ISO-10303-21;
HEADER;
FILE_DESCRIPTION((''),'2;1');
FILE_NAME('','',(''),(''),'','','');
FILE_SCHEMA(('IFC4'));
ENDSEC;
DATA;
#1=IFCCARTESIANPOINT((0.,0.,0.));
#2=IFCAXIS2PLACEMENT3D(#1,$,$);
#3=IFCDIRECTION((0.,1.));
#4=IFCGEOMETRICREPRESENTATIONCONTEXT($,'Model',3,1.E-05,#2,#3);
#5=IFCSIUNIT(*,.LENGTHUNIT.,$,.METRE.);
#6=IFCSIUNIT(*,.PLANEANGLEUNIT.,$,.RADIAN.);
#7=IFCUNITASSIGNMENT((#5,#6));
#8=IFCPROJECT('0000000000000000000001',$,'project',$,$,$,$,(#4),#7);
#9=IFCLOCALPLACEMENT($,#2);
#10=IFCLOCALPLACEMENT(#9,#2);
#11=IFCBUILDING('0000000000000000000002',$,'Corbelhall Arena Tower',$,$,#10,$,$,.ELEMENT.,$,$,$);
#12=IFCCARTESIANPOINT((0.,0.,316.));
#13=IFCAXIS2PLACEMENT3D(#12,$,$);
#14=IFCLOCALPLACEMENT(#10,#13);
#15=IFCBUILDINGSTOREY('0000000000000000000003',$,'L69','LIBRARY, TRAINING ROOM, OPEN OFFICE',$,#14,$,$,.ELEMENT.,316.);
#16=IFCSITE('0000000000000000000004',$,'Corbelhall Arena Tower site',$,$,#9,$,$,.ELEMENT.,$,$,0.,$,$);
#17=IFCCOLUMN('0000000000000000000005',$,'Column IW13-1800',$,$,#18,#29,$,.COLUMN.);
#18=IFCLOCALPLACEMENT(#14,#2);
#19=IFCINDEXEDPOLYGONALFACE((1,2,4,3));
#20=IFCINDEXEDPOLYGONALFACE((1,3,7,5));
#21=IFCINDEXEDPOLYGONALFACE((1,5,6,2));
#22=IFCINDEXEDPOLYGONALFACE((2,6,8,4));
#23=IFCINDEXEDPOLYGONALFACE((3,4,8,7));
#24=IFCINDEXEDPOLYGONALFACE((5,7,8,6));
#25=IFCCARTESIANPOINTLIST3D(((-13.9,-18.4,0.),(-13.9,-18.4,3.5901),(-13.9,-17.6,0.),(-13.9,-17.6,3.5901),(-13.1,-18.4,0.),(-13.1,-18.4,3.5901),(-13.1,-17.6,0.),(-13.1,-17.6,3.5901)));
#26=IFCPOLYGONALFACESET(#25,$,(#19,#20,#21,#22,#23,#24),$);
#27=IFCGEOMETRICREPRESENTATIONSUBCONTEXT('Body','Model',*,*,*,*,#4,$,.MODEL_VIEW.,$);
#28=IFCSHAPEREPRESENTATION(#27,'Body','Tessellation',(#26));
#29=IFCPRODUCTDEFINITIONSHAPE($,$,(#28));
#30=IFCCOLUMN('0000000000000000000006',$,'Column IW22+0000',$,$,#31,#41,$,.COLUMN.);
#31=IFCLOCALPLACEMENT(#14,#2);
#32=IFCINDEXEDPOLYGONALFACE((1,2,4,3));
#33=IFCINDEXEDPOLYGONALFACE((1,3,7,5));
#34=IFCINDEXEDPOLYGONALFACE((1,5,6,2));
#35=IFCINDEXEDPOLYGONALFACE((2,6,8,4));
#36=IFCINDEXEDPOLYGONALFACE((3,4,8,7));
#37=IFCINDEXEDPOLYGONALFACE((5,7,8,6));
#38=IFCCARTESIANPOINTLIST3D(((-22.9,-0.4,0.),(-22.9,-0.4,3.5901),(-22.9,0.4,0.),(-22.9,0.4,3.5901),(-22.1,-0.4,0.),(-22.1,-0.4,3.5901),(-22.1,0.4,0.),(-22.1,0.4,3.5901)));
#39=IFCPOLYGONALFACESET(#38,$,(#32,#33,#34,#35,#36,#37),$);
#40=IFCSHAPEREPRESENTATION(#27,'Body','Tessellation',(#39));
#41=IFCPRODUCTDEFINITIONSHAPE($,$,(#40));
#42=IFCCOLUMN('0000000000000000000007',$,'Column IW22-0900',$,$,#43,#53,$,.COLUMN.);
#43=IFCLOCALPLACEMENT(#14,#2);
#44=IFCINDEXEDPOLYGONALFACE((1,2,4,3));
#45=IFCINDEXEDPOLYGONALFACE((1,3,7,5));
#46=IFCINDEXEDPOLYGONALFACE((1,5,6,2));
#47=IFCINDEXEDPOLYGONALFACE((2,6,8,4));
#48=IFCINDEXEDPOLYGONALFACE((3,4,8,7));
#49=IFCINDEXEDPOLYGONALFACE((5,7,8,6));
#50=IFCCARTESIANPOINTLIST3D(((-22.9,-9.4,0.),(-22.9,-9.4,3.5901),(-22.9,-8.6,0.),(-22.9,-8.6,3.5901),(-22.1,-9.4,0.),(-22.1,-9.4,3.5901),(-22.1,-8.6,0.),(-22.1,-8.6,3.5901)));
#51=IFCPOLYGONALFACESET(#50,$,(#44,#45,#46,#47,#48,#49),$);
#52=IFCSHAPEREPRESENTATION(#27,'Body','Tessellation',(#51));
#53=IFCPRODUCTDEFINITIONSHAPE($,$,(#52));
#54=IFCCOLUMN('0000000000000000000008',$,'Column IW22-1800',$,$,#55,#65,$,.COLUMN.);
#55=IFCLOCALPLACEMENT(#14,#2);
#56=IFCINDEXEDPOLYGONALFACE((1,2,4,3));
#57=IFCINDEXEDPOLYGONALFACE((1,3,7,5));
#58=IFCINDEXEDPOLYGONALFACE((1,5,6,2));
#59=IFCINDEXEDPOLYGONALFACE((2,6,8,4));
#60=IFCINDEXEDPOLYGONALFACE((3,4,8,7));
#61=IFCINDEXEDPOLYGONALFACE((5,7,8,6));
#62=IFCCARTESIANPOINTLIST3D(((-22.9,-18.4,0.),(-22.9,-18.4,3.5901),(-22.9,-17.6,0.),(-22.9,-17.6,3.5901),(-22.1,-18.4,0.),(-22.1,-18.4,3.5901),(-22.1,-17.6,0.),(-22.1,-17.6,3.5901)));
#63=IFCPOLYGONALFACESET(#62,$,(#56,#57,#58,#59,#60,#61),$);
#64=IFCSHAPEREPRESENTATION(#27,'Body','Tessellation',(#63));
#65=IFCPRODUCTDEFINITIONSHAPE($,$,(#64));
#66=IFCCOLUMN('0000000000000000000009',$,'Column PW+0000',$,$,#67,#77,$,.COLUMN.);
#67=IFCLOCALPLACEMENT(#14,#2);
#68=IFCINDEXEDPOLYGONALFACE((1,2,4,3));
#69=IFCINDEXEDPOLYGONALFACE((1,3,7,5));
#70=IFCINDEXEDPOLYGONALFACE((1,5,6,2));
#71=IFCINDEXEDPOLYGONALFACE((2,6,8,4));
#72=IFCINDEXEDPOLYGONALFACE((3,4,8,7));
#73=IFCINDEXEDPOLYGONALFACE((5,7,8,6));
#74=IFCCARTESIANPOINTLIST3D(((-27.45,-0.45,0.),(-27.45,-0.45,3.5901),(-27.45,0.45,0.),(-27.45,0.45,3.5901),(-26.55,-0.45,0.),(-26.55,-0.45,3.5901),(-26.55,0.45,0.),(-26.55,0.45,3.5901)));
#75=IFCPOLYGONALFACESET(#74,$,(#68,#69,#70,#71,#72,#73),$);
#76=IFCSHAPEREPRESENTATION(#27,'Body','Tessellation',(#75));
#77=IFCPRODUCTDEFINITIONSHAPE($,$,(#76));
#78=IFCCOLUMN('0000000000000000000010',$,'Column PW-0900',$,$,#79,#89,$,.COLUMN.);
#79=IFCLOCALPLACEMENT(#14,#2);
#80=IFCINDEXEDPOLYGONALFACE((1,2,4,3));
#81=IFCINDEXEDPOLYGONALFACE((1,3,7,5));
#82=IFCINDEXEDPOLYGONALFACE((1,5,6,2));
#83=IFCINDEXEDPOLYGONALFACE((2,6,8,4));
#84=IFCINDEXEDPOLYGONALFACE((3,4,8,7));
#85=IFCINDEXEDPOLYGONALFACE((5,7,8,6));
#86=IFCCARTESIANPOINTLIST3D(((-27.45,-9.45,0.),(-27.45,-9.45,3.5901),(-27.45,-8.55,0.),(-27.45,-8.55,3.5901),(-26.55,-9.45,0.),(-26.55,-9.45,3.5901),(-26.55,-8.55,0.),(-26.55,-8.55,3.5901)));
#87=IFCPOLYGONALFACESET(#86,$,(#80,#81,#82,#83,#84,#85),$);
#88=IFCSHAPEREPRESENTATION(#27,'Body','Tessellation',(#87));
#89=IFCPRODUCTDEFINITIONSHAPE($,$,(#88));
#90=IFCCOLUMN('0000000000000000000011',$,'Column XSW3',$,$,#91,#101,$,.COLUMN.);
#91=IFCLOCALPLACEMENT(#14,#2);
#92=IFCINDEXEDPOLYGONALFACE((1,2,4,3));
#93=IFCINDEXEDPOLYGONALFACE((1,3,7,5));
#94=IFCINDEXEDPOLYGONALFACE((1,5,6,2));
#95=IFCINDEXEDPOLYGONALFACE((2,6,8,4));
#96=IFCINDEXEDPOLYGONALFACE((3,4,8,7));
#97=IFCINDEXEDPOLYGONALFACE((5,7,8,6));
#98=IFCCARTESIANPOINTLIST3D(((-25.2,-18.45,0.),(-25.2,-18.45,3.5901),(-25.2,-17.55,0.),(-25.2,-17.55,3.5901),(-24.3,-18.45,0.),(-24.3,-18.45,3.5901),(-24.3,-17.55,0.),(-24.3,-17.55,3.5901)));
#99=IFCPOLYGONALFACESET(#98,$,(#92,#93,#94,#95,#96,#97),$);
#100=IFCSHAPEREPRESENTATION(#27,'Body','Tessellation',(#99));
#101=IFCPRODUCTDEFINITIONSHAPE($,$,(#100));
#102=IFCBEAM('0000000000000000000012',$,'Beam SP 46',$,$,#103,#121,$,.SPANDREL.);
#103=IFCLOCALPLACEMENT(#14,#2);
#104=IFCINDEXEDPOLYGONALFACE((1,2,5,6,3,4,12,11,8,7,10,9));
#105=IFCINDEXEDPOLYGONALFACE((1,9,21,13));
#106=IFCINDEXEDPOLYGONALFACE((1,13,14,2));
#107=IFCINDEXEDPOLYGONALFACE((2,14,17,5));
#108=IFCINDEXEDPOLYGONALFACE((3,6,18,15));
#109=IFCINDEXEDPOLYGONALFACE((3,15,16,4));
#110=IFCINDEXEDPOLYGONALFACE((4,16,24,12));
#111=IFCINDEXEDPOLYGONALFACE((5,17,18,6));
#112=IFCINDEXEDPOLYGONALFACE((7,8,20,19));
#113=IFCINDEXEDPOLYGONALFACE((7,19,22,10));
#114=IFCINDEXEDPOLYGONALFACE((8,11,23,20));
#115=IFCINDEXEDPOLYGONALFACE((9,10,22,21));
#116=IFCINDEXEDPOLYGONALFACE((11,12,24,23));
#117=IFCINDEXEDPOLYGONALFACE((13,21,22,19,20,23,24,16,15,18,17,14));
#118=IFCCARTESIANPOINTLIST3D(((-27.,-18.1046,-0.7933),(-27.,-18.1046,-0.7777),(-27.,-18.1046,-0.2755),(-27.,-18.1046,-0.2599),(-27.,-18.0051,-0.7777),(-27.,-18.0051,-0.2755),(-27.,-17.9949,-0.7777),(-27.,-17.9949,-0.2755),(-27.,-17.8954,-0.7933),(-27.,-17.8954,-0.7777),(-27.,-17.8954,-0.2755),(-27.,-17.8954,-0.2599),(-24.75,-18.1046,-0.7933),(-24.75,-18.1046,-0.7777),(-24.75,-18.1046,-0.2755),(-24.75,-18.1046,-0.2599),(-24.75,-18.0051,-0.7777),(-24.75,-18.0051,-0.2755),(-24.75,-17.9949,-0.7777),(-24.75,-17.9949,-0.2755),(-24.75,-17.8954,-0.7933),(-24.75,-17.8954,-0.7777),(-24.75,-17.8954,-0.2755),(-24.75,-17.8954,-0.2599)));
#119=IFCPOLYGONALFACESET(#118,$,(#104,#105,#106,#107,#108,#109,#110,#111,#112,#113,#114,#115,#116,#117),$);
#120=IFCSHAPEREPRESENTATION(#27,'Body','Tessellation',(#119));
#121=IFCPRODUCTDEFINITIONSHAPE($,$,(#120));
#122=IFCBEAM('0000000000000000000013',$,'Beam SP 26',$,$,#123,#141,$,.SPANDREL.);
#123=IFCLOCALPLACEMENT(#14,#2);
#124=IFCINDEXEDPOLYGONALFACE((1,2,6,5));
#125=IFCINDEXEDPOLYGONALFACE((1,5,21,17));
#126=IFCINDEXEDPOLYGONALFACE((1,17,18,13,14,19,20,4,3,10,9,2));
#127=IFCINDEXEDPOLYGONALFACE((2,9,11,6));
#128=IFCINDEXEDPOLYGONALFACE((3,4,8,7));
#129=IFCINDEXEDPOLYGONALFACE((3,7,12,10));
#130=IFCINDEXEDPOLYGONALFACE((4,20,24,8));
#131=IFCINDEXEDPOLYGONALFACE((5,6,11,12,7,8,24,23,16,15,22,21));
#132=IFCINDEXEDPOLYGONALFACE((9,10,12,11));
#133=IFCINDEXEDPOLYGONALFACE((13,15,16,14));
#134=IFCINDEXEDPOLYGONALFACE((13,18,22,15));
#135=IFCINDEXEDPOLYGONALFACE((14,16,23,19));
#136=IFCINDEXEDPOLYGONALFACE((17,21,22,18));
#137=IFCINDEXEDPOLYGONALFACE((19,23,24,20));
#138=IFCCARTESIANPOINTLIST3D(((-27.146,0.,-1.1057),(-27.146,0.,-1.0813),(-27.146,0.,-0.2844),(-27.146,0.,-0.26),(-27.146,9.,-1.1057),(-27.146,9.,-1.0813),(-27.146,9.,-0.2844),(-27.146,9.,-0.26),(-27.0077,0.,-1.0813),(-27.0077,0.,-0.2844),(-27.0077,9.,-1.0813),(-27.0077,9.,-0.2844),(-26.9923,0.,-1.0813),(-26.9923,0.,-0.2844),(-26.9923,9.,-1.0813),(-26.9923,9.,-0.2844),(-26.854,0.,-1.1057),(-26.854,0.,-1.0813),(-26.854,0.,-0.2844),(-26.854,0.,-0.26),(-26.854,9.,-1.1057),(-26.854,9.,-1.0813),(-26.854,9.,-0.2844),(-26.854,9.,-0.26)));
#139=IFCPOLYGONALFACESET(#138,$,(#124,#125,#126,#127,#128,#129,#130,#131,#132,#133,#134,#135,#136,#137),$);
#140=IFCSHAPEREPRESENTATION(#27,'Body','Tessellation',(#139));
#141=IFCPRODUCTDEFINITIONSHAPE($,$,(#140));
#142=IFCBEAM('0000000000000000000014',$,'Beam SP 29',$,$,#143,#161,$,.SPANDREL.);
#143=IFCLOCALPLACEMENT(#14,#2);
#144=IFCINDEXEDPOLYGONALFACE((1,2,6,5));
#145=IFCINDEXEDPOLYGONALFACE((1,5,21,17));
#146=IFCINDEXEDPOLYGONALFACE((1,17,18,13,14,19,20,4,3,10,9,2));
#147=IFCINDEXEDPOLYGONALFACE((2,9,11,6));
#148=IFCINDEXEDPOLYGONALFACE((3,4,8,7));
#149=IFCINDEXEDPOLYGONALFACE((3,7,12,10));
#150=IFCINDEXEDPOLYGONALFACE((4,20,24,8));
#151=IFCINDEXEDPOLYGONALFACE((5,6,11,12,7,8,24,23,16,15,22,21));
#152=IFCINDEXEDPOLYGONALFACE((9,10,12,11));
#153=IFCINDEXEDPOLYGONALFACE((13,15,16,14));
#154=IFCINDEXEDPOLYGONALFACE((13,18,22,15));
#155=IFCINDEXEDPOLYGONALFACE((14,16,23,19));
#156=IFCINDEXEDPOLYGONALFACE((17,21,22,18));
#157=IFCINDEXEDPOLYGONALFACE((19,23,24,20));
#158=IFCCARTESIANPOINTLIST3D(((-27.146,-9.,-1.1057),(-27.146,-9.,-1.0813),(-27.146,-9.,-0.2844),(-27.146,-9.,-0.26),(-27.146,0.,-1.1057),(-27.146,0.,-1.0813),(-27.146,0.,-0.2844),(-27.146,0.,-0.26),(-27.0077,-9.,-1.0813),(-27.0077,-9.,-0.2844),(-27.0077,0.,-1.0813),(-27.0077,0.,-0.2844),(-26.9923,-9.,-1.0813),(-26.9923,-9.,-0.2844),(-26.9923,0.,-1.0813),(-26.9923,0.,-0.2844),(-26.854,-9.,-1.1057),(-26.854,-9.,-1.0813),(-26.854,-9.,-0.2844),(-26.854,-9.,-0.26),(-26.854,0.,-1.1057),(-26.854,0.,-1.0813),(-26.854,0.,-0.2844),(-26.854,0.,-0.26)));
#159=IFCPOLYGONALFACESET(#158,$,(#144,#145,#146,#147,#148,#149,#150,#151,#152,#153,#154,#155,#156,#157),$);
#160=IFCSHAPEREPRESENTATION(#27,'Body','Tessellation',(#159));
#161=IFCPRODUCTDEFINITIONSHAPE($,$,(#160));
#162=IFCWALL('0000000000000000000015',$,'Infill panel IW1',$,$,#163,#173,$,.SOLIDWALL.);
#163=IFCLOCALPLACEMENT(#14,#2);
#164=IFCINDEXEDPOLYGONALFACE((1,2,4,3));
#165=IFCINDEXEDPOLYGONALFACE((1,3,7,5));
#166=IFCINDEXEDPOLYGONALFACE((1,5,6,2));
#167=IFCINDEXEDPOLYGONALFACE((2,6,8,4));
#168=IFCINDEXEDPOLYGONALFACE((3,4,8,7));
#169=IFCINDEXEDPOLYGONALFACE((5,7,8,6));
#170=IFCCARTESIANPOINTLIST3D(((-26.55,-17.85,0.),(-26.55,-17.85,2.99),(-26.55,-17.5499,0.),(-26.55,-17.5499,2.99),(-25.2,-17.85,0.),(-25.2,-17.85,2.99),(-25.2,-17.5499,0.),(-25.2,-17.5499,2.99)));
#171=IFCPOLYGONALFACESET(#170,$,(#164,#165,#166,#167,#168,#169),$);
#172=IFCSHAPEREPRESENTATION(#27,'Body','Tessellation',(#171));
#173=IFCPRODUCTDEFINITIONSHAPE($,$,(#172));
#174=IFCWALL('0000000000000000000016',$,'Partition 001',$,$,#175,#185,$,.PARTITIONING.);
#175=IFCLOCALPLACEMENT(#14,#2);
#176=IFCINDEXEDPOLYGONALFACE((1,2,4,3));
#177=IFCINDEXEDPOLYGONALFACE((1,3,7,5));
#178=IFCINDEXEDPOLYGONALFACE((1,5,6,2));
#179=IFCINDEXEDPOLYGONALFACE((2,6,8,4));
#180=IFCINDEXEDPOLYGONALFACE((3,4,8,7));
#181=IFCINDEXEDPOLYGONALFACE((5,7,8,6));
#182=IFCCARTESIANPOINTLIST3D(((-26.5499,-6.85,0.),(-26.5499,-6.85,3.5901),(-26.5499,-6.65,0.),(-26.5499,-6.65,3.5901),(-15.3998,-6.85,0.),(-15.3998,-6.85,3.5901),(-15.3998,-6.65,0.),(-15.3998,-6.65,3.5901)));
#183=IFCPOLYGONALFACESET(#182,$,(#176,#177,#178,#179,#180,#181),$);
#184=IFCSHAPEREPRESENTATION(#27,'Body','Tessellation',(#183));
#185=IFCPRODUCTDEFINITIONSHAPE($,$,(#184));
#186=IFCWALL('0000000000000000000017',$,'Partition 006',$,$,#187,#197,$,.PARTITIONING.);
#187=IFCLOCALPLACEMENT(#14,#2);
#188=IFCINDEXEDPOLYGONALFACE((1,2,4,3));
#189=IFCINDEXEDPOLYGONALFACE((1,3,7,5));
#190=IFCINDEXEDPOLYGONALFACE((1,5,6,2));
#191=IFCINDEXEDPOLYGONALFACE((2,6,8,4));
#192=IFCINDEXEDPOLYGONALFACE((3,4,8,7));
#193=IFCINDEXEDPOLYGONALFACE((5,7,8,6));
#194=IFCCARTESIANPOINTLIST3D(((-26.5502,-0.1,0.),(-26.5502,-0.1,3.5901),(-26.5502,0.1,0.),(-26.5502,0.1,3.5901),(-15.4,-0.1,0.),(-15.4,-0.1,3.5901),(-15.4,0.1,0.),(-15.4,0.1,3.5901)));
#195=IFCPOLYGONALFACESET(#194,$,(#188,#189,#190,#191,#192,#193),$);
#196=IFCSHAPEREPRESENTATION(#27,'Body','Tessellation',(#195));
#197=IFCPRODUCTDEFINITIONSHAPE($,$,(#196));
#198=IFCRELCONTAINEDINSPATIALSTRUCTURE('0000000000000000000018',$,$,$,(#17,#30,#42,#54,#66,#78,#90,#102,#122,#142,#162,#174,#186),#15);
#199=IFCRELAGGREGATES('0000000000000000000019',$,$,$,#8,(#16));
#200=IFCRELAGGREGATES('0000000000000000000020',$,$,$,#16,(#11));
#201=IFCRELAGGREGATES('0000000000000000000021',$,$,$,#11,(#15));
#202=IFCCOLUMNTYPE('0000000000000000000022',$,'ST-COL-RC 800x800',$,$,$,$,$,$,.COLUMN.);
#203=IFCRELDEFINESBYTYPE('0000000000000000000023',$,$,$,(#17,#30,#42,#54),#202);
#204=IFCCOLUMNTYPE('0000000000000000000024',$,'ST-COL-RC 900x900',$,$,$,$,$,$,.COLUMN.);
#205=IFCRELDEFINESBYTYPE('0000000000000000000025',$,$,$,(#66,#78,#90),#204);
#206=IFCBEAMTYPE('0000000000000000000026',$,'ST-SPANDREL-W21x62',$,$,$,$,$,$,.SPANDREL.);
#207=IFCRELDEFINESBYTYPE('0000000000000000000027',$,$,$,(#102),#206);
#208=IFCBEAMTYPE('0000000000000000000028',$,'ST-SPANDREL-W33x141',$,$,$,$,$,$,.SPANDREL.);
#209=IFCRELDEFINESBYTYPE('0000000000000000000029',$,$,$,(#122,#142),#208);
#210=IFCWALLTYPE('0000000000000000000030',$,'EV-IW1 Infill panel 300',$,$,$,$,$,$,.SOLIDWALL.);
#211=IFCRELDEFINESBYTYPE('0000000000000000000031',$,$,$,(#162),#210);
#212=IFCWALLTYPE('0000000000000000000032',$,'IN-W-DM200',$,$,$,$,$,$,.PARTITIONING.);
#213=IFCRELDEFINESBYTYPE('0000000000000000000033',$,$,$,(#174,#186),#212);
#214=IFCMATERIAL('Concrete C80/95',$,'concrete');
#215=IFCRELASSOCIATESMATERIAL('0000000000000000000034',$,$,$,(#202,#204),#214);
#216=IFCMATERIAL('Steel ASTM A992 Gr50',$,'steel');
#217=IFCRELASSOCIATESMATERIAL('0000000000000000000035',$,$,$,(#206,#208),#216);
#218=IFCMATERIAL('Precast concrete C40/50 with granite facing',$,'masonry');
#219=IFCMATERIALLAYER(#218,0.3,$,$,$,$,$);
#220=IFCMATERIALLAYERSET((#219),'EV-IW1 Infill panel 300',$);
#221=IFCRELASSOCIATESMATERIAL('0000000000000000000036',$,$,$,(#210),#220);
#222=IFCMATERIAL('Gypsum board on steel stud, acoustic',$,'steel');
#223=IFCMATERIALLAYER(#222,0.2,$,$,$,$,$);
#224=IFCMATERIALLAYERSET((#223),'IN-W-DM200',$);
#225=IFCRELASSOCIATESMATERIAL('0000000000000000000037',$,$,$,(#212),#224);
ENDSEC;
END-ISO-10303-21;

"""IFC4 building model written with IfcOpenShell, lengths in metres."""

from ifc_helpers import new_model, si_unit, direction, frame, frame_2d, origin, origin_2d, place, context, subcontext, project, spatial, rectangle, i_section, extrude, material, layer, layer_set, material_profile, profile_set, type_object, element, save


model = new_model("IFC4")

# Units and contexts
model_context = context("Model", 3, precision=1e-05, world=origin(), true_north=direction((0.0, 1.0)))
body_context = subcontext(model_context, "Body", "Model", "MODEL_VIEW")
ifc_project = project(units=[si_unit("LENGTHUNIT", "METRE"), si_unit("PLANEANGLEUNIT", "RADIAN")], contexts=[model_context])

# Site, building, storey
site_placement = place(None, origin())
site = spatial("IfcSite", under=ifc_project, at=site_placement, Name="Corbelhall Arena Tower site", CompositionType="ELEMENT", RefElevation=0.0)
building_placement = place(site_placement, origin())
building = spatial("IfcBuilding", under=site, at=building_placement, Name="Corbelhall Arena Tower", CompositionType="ELEMENT")
storey_placement = place(building_placement, frame((0.0, 0.0, 316.0)))
storey = spatial("IfcBuildingStorey", under=building, at=storey_placement, Name="L69", Description="LIBRARY, TRAINING ROOM, OPEN OFFICE", CompositionType="ELEMENT", Elevation=316.0)

# Columns
ifc_material_1 = material(Name="Concrete C80/95", Category="concrete")
ifc_material_profile_1 = material_profile(ifc_material_1, rectangle(XDim=0.8, YDim=0.8, at=origin_2d()))
ifc_profile_set_1 = profile_set([ifc_material_profile_1], Name="Concrete C80/95")
column_type_1 = type_object("IfcColumnType", Name="ST-COL-RC 800x800", PredefinedType="COLUMN", material=ifc_profile_set_1)
for number, where, z_axis, x_axis, name in (
    (1, (-13.5, -18.0, 0.0), (0.0, 0.0, 1.0), (1.0, 0.0, 0.0), "Column IW13-1800"),
    (2, (-22.5, 0.0, 0.0), (0.0, 0.0, 1.0), (1.0, 0.0, 0.0), "Column IW22+0000"),
    (3, (-22.5, -9.0, 0.0), (0.0, 0.0, 1.0), (1.0, 0.0, 0.0), "Column IW22-0900"),
    (4, (-22.5, -18.0, 0.0), (0.0, 0.0, 1.0), (1.0, 0.0, 0.0), "Column IW22-1800"),
):
    element("IfcColumn", number, at=place(storey_placement, frame(where, z_axis=z_axis, x_axis=x_axis)), inside=storey, type_object=column_type_1, Name=name, PredefinedType="COLUMN", context=body_context, shape_type="SweptSolid", body=[
        extrude(rectangle(XDim=0.8, YDim=0.8, at=origin_2d()), origin(), (0.0, 0.0, 1.0), 3.5901),
    ])
ifc_material_profile_2 = material_profile(ifc_material_1, rectangle(XDim=0.8999, YDim=0.8999, at=origin_2d()))
ifc_profile_set_2 = profile_set([ifc_material_profile_2], Name="Concrete C80/95")
column_type_2 = type_object("IfcColumnType", Name="ST-COL-RC 900x900", PredefinedType="COLUMN", material=ifc_profile_set_2)
for number, where, z_axis, x_axis, name in (
    (5, (-27.0, 0.0, 0.0), (0.0, 0.0, 1.0), (0.0, 1.0, 0.0), "Column PW+0000"),
    (6, (-27.0, -9.0, 0.0), (0.0, 0.0, 1.0), (0.0, 1.0, 0.0), "Column PW-0900"),
    (7, (-24.75, -18.0, 0.0), (0.0, 0.0, 1.0), (1.0, 0.0, 0.0), "Column XSW3"),
):
    element("IfcColumn", number, at=place(storey_placement, frame(where, z_axis=z_axis, x_axis=x_axis)), inside=storey, type_object=column_type_2, Name=name, PredefinedType="COLUMN", context=body_context, shape_type="SweptSolid", body=[
        extrude(rectangle(XDim=0.8999, YDim=0.8999, at=origin_2d()), origin(), (0.0, 0.0, 1.0), 3.5901),
    ])

# Beams
ifc_material_2 = material(Name="Steel ASTM A992 Gr50", Category="steel")
ifc_material_profile_3 = material_profile(ifc_material_2, i_section(OverallWidth=0.2092, OverallDepth=0.5334, WebThickness=0.0103, FlangeThickness=0.0156, at=origin_2d()))
ifc_profile_set_3 = profile_set([ifc_material_profile_3], Name="Steel ASTM A992 Gr50")
beam_type_1 = type_object("IfcBeamType", Name="ST-SPANDREL-W21x62", PredefinedType="SPANDREL", material=ifc_profile_set_3)
beam_placement = place(storey_placement, frame((-24.75, -18.0, -0.5266), z_axis=(-1.0, 0.0, 0.0), x_axis=(0.0, -1.0, 0.0)))
element("IfcBeam", 8, at=beam_placement, inside=storey, type_object=beam_type_1, Name="Beam SP 46", PredefinedType="SPANDREL", context=body_context, shape_type="SweptSolid", body=[
    extrude(i_section(OverallWidth=0.2092, OverallDepth=0.5334, WebThickness=0.0103, FlangeThickness=0.0156, at=origin_2d()), origin(), (0.0, 0.0, 1.0), 2.25),
])
ifc_material_profile_4 = material_profile(ifc_material_2, i_section(OverallWidth=0.292, OverallDepth=0.8457, WebThickness=0.0154, FlangeThickness=0.0244, at=origin_2d()))
ifc_profile_set_4 = profile_set([ifc_material_profile_4], Name="Steel ASTM A992 Gr50")
beam_type_2 = type_object("IfcBeamType", Name="ST-SPANDREL-W33x141", PredefinedType="SPANDREL", material=ifc_profile_set_4)
for number, where, z_axis, x_axis, name in (
    (9, (-27.0, 0.0, -0.6829), (0.0, 1.0, 0.0), (-1.0, 0.0, 0.0), "Beam SP 26"),
    (10, (-27.0, -9.0, -0.6829), (0.0, 1.0, 0.0), (-1.0, 0.0, 0.0), "Beam SP 29"),
):
    element("IfcBeam", number, at=place(storey_placement, frame(where, z_axis=z_axis, x_axis=x_axis)), inside=storey, type_object=beam_type_2, Name=name, PredefinedType="SPANDREL", context=body_context, shape_type="SweptSolid", body=[
        extrude(i_section(OverallWidth=0.292, OverallDepth=0.8457, WebThickness=0.0154, FlangeThickness=0.0244, at=origin_2d()), origin(), (0.0, 0.0, 1.0), 9.0),
    ])

# Shared definitions
ifc_material_3 = material(Name="Precast concrete C40/50 with granite facing", Category="masonry")
ifc_layer_1 = layer(ifc_material_3, 0.3)
ifc_layer_set_1 = layer_set([ifc_layer_1], Name="EV-IW1 Infill panel 300")
wall_type_1 = type_object("IfcWallType", Name="EV-IW1 Infill panel 300", PredefinedType="SOLIDWALL", material=ifc_layer_set_1)

# Walls
wall_1_placement = place(storey_placement, frame((-26.55, -17.7, 0.0), z_axis=(0.0, 0.0, 1.0), x_axis=(1.0, 0.0, 0.0)))
element("IfcWall", 11, at=wall_1_placement, inside=storey, type_object=wall_type_1, Name="Infill panel IW1", PredefinedType="SOLIDWALL", context=body_context, shape_type="SweptSolid", body=[
    extrude(rectangle(XDim=1.3501, YDim=0.3, at=frame_2d((0.675, 0.0))), origin(), (0.0, 0.0, 1.0), 2.99),
])
ifc_material_4 = material(Name="Gypsum board on steel stud, acoustic", Category="steel")
ifc_layer_2 = layer(ifc_material_4, 0.2)
ifc_layer_set_2 = layer_set([ifc_layer_2], Name="IN-W-DM200")
wall_type_2 = type_object("IfcWallType", Name="IN-W-DM200", PredefinedType="PARTITIONING", material=ifc_layer_set_2)
for number, where, z_axis, x_axis, name in (
    (12, (-26.55, -6.75, 0.0), (0.0, 0.0, 1.0), (1.0, 0.0, 0.0), "Partition 001"),
    (13, (-15.3999, 0.0, 0.0), (0.0, 0.0, 1.0), (-1.0, 0.0, 0.0), "Partition 006"),
):
    element("IfcWall", number, at=place(storey_placement, frame(where, z_axis=z_axis, x_axis=x_axis)), inside=storey, type_object=wall_type_2, Name=name, PredefinedType="PARTITIONING", context=body_context, shape_type="SweptSolid", body=[
        extrude(rectangle(XDim=11.1501, YDim=0.2, at=frame_2d((5.5752, 0.0))), origin(), (0.0, 0.0, 1.0), 3.5901),
    ])

save(model, "model.ifc")
